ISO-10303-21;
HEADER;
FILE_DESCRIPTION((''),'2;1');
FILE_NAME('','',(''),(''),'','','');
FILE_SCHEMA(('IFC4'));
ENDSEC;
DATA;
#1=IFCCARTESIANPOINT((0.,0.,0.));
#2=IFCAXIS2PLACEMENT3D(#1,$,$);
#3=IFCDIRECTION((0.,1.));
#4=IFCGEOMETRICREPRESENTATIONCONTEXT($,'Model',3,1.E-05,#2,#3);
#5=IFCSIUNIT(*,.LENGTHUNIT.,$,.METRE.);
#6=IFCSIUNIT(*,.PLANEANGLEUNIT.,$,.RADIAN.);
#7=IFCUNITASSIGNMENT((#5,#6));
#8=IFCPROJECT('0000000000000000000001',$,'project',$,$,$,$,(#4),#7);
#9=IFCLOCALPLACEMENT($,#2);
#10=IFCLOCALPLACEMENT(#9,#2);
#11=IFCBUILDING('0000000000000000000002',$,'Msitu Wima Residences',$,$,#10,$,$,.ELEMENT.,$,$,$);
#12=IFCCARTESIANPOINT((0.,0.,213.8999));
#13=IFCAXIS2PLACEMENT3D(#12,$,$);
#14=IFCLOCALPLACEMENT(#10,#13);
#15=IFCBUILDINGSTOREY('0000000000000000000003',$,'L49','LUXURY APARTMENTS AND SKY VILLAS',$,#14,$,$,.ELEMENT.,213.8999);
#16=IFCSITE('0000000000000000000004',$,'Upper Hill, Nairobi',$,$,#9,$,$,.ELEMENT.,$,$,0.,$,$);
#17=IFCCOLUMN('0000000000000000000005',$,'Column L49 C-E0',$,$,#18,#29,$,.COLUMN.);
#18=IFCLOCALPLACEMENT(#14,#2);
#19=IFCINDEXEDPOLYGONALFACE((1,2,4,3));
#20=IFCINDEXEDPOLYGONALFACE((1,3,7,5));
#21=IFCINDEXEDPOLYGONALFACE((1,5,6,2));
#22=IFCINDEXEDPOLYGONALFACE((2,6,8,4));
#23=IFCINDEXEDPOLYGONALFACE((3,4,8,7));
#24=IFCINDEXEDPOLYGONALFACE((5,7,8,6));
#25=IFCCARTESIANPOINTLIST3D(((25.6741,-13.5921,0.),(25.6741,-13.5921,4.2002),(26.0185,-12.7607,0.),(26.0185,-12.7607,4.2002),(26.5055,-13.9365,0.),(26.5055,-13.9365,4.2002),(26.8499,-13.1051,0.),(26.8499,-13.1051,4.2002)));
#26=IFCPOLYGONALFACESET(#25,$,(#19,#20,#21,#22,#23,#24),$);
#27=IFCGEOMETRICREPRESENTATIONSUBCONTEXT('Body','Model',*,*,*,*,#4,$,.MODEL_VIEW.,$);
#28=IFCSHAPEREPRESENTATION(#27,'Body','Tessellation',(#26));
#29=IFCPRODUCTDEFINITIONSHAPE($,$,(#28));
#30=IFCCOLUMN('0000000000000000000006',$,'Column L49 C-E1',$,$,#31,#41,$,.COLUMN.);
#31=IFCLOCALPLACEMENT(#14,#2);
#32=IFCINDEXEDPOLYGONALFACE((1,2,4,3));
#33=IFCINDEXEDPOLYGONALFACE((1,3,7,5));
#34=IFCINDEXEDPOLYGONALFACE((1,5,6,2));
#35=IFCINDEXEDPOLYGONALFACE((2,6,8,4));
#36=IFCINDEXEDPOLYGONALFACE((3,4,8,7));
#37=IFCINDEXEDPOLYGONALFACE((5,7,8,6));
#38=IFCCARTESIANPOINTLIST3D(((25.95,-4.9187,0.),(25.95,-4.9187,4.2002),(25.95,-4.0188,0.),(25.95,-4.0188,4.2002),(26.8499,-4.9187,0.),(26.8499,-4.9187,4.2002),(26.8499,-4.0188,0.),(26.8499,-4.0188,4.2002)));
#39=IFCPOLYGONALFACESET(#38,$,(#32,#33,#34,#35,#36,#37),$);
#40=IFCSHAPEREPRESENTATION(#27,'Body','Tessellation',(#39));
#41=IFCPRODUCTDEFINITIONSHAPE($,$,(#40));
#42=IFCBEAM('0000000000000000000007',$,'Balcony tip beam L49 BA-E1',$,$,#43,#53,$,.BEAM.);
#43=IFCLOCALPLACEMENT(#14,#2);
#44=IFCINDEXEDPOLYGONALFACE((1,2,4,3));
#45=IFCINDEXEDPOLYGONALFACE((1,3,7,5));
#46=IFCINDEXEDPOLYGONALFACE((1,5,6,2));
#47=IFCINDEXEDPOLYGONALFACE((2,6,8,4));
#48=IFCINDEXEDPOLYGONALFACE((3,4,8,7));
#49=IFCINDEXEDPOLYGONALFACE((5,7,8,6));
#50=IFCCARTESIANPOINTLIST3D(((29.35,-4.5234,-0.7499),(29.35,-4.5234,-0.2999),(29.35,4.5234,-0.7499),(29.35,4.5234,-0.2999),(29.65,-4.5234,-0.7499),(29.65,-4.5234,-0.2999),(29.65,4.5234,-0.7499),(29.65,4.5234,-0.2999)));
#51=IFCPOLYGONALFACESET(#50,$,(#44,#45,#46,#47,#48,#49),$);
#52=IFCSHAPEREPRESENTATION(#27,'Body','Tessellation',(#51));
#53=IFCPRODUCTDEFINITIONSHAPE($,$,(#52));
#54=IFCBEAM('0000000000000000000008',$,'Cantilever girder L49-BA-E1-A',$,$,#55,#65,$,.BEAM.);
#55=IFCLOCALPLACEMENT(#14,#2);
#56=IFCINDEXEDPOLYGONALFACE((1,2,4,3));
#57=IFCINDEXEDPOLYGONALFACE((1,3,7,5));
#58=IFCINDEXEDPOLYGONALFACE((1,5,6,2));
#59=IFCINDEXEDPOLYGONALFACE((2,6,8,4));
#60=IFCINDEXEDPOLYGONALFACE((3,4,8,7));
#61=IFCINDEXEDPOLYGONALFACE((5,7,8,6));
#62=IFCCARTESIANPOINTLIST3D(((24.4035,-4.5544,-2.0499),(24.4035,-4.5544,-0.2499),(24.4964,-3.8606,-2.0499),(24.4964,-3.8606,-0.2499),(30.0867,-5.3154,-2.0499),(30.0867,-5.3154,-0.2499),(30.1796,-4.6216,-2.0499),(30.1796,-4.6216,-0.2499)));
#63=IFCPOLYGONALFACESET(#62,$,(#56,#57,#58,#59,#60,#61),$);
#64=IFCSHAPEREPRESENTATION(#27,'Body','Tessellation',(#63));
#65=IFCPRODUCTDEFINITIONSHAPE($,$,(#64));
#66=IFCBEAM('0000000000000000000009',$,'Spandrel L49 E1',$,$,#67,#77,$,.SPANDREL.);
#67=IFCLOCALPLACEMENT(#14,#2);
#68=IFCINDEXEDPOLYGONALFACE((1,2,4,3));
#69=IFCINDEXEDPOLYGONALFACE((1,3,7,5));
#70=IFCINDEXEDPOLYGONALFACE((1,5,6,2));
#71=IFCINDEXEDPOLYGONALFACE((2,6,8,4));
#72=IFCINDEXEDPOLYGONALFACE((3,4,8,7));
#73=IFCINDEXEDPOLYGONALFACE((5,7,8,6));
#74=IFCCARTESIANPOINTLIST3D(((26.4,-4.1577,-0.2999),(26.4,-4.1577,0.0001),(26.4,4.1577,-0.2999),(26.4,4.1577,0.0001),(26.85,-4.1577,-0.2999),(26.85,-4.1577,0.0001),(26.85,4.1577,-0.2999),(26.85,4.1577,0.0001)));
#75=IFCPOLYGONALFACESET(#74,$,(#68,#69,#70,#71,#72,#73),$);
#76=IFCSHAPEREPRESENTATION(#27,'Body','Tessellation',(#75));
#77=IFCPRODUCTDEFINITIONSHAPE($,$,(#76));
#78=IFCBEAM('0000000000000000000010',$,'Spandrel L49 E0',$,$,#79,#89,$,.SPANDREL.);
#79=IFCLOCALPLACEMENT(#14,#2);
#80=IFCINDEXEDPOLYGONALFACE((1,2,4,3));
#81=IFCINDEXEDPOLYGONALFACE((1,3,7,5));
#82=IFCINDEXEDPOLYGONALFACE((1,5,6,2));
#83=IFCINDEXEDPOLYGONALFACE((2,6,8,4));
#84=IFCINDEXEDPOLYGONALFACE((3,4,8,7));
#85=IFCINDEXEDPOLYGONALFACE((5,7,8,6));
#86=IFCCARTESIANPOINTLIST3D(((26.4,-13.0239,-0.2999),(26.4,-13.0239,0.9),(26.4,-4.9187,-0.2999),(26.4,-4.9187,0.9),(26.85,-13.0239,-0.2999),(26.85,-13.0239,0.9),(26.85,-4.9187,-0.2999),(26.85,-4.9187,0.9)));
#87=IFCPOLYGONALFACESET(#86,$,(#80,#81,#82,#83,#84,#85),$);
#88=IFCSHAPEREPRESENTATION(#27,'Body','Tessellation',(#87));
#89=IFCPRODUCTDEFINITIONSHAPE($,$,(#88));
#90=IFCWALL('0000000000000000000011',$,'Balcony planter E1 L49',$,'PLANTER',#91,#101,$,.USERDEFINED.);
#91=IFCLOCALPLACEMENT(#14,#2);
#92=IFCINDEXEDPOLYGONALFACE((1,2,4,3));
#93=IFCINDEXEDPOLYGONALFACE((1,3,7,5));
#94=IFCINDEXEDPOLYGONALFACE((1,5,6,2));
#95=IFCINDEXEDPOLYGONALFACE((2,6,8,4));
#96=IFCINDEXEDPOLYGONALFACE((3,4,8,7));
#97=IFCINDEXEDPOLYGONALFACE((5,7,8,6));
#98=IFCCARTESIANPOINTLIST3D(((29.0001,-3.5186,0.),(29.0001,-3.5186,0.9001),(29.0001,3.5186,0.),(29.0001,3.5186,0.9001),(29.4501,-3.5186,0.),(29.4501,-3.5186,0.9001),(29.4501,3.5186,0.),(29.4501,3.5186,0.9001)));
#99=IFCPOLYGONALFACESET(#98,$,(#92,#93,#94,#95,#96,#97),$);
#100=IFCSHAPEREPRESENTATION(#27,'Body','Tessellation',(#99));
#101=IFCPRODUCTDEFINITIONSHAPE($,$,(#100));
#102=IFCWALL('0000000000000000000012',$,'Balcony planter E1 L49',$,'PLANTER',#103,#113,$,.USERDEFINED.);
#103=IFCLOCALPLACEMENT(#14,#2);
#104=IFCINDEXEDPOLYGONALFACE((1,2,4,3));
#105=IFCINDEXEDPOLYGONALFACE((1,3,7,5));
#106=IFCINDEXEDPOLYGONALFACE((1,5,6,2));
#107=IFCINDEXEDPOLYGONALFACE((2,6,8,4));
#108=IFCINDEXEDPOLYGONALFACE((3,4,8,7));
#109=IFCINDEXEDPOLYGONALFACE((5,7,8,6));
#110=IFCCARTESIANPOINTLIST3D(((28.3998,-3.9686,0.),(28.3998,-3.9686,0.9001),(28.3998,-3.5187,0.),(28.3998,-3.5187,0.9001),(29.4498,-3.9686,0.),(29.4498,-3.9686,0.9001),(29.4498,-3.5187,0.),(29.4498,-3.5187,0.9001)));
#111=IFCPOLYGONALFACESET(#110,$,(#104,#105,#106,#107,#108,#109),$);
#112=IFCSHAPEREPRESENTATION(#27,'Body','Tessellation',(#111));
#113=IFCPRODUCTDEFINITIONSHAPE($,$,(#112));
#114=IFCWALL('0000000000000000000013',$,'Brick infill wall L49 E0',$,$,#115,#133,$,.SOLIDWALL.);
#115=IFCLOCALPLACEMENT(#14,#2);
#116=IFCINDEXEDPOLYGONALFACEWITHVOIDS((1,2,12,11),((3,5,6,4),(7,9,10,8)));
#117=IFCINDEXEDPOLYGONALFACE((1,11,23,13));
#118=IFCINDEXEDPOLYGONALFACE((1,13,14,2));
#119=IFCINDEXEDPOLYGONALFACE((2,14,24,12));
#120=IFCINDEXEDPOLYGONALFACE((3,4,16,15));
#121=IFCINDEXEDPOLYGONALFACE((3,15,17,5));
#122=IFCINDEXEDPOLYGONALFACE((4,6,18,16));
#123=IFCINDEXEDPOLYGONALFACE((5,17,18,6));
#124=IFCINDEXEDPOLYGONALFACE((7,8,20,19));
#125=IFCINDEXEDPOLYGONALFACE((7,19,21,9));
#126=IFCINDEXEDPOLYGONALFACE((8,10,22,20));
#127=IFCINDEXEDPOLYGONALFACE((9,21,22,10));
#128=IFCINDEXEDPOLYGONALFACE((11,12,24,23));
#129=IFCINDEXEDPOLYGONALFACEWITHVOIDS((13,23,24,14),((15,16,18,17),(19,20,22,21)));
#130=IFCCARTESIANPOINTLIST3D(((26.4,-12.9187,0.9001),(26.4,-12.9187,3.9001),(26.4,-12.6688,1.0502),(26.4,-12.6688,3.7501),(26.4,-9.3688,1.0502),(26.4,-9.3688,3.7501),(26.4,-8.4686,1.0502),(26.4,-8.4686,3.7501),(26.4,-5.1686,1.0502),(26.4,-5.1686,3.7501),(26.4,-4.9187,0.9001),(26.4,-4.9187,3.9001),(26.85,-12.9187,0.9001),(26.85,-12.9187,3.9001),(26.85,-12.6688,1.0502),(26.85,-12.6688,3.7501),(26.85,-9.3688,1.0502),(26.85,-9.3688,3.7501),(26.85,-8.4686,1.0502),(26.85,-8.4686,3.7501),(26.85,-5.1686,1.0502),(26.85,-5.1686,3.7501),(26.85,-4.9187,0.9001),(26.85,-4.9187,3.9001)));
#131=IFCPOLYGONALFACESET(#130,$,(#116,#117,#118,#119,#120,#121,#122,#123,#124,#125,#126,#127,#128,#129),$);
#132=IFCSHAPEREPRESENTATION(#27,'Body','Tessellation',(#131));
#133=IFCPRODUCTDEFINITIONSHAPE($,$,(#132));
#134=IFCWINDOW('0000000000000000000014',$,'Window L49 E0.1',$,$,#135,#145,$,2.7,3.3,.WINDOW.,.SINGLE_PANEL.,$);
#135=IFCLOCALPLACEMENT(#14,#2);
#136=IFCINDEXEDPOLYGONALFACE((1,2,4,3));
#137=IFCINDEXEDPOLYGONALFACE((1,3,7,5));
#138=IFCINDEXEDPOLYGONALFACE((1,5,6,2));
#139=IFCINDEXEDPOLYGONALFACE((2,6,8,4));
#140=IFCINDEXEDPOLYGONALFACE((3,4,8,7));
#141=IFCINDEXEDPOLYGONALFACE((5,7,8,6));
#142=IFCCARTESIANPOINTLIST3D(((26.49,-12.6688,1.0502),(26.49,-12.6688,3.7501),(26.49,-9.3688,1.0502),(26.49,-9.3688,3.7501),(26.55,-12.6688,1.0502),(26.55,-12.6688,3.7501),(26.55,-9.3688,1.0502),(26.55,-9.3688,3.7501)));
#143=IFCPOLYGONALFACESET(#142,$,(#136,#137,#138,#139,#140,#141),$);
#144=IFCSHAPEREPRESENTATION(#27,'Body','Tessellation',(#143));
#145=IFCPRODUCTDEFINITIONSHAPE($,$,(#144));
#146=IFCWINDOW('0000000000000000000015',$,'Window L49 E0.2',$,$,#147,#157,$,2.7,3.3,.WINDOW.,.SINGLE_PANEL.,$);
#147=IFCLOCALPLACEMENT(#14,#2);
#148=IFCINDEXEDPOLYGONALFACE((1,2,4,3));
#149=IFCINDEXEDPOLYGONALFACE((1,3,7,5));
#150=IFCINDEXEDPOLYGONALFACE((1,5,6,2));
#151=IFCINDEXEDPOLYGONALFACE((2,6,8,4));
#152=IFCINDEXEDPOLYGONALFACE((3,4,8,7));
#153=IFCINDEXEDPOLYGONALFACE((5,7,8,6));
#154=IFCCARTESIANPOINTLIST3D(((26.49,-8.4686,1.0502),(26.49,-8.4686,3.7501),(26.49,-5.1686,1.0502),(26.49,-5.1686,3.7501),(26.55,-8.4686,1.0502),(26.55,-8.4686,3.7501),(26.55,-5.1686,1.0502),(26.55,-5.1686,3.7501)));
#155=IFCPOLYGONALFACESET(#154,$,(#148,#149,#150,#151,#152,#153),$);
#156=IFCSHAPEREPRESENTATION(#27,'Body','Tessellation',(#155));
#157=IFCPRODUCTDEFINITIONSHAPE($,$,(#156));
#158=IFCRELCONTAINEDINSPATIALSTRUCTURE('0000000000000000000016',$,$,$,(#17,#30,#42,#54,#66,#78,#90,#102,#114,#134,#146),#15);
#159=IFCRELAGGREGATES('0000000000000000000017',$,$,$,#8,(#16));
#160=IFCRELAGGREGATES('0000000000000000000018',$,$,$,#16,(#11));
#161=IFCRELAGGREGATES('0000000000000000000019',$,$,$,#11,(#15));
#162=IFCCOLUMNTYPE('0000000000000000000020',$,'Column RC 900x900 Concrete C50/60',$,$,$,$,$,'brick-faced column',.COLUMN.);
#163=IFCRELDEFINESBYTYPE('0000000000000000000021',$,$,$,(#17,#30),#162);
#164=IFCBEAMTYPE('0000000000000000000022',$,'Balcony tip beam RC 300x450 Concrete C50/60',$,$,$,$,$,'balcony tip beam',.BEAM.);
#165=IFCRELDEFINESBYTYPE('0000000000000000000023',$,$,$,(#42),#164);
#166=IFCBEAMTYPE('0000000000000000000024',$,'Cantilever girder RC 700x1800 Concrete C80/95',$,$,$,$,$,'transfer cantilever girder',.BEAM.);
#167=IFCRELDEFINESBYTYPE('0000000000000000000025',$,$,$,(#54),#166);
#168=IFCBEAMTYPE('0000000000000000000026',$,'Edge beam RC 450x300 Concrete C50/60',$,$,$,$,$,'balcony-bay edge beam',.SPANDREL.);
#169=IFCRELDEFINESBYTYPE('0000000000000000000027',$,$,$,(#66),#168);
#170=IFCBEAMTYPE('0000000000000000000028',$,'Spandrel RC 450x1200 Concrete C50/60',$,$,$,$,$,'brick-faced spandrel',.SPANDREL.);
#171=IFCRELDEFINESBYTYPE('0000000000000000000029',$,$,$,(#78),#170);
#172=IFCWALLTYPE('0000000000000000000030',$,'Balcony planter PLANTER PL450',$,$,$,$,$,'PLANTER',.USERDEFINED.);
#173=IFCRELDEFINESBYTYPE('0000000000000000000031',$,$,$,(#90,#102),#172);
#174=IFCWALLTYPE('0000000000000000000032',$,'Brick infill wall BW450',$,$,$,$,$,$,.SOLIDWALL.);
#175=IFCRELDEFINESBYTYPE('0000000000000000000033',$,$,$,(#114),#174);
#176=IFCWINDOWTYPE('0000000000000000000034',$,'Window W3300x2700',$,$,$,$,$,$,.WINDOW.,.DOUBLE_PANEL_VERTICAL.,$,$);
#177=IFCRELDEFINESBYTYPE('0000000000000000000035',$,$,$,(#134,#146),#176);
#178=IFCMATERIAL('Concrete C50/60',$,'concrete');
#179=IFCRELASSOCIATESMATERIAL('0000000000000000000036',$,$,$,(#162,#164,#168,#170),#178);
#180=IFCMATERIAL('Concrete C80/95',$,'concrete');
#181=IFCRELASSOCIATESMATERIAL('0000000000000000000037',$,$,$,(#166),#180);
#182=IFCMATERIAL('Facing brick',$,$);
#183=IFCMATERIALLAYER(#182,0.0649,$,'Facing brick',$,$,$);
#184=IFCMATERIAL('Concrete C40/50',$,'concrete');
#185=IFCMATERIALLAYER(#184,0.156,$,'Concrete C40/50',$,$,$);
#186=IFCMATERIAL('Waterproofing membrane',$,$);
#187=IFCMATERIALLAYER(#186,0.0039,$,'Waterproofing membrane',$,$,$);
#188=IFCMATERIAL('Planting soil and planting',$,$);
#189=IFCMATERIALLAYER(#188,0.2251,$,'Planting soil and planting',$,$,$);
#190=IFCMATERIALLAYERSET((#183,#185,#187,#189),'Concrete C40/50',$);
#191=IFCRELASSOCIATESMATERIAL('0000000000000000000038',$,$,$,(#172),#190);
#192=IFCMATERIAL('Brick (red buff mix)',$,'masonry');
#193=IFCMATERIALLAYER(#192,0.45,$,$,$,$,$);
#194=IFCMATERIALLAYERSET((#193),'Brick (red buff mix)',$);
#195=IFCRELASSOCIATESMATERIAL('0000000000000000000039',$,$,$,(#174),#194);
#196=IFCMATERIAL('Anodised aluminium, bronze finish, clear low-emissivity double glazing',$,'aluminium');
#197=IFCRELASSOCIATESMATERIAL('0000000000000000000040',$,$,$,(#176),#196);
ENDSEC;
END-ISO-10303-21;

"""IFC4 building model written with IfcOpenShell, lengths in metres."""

from ifc_helpers import new_model, si_unit, direction, frame, frame_2d, origin, origin_2d, place, context, subcontext, project, spatial, rectangle, extrude, material, layer, layer_set, material_profile, profile_set, type_object, element, fill, save


model = new_model("IFC4")

# Units and contexts
model_context = context("Model", 3, precision=1e-05, world=origin(), true_north=direction((0.0, 1.0)))
body_context = subcontext(model_context, "Body", "Model", "MODEL_VIEW")
ifc_project = project(units=[si_unit("LENGTHUNIT", "METRE"), si_unit("PLANEANGLEUNIT", "RADIAN")], contexts=[model_context])

# Site, building, storey
site_placement = place(None, origin())
site = spatial("IfcSite", under=ifc_project, at=site_placement, Name="Upper Hill, Nairobi", CompositionType="ELEMENT", RefElevation=0.0)
building_placement = place(site_placement, origin())
building = spatial("IfcBuilding", under=site, at=building_placement, Name="Msitu Wima Residences", CompositionType="ELEMENT")
storey_placement = place(building_placement, frame((0.0, 0.0, 213.8999)))
storey = spatial("IfcBuildingStorey", under=building, at=storey_placement, Name="L49", Description="LUXURY APARTMENTS AND SKY VILLAS", CompositionType="ELEMENT", Elevation=213.8999)

# Columns
ifc_material_1 = material(Name="Concrete C50/60", Category="concrete")
ifc_material_profile_1 = material_profile(ifc_material_1, rectangle(XDim=0.8999, YDim=0.8999, at=origin_2d()), Name="RC 900x900")
ifc_profile_set_1 = profile_set([ifc_material_profile_1], Name="Concrete C50/60")
column_type = type_object("IfcColumnType", Name="Column RC 900x900 Concrete C50/60", ElementType="brick-faced column", PredefinedType="COLUMN", material=ifc_profile_set_1)
for number, where, z_axis, x_axis, name in (
    (1, (26.262, -13.3486, 0.0), (0.0, 0.0, 1.0), (0.382683, 0.92388, 0.0), "Column L49 C-E0"),
    (2, (26.3999, -4.4688, 0.0), (0.0, 0.0, 1.0), (0.0, 1.0, 0.0), "Column L49 C-E1"),
):
    element("IfcColumn", number, at=place(storey_placement, frame(where, z_axis=z_axis, x_axis=x_axis)), inside=storey, type_object=column_type, Name=name, PredefinedType="COLUMN", context=body_context, shape_type="SweptSolid", body=[
        extrude(rectangle(XDim=0.8999, YDim=0.8999, at=origin_2d()), origin(), (0.0, 0.0, 1.0), 4.2002),
    ])

# Beams
ifc_material_profile_2 = material_profile(ifc_material_1, rectangle(XDim=0.3, YDim=0.45, at=origin_2d()), Name="RC 300x450")
ifc_profile_set_2 = profile_set([ifc_material_profile_2], Name="Concrete C50/60")
beam_type_1 = type_object("IfcBeamType", Name="Balcony tip beam RC 300x450 Concrete C50/60", ElementType="balcony tip beam", PredefinedType="BEAM", material=ifc_profile_set_2)
beam_1_placement = place(storey_placement, frame((29.5, -4.5234, -0.5249), z_axis=(0.0, 1.0, 0.0), x_axis=(-1.0, 0.0, 0.0)))
element("IfcBeam", 3, at=beam_1_placement, inside=storey, type_object=beam_type_1, Name="Balcony tip beam L49 BA-E1", PredefinedType="BEAM", context=body_context, shape_type="SweptSolid", body=[
    extrude(rectangle(XDim=0.3, YDim=0.45, at=origin_2d()), origin(), (0.0, 0.0, 1.0), 9.0469),
])
ifc_material_2 = material(Name="Concrete C80/95", Category="concrete")
ifc_material_profile_3 = material_profile(ifc_material_2, rectangle(XDim=0.7, YDim=1.8, at=origin_2d()), Name="RC 700x1800")
ifc_profile_set_3 = profile_set([ifc_material_profile_3], Name="Concrete C80/95")
beam_type_2 = type_object("IfcBeamType", Name="Cantilever girder RC 700x1800 Concrete C80/95", ElementType="transfer cantilever girder", PredefinedType="BEAM", material=ifc_profile_set_3)
beam_2_placement = place(storey_placement, frame((24.45, -4.2075, -1.1499), z_axis=(0.991154, -0.132719, 0.0), x_axis=(0.132719, 0.991154, 0.0)))
element("IfcBeam", 4, at=beam_2_placement, inside=storey, type_object=beam_type_2, Name="Cantilever girder L49-BA-E1-A", PredefinedType="BEAM", context=body_context, shape_type="SweptSolid", body=[
    extrude(rectangle(XDim=0.7, YDim=1.8, at=origin_2d()), origin(), (0.0, 0.0, 1.0), 5.7339),
])
ifc_material_profile_4 = material_profile(ifc_material_1, rectangle(XDim=0.45, YDim=0.3, at=origin_2d()), Name="RC 450x300")
ifc_profile_set_4 = profile_set([ifc_material_profile_4], Name="Concrete C50/60")
beam_type_3 = type_object("IfcBeamType", Name="Edge beam RC 450x300 Concrete C50/60", ElementType="balcony-bay edge beam", PredefinedType="SPANDREL", material=ifc_profile_set_4)
beam_3_placement = place(storey_placement, frame((26.625, -4.1577, -0.1499), z_axis=(0.0, 1.0, 0.0), x_axis=(-1.0, 0.0, 0.0)))
element("IfcBeam", 5, at=beam_3_placement, inside=storey, type_object=beam_type_3, Name="Spandrel L49 E1", PredefinedType="SPANDREL", context=body_context, shape_type="SweptSolid", body=[
    extrude(rectangle(XDim=0.45, YDim=0.3, at=origin_2d()), origin(), (0.0, 0.0, 1.0), 8.3154),
])
ifc_material_profile_5 = material_profile(ifc_material_1, rectangle(XDim=0.45, YDim=1.2, at=origin_2d()), Name="RC 450x1200")
ifc_profile_set_5 = profile_set([ifc_material_profile_5], Name="Concrete C50/60")
beam_type_4 = type_object("IfcBeamType", Name="Spandrel RC 450x1200 Concrete C50/60", ElementType="brick-faced spandrel", PredefinedType="SPANDREL", material=ifc_profile_set_5)
beam_4_placement = place(storey_placement, frame((26.625, -13.0239, 0.3), z_axis=(0.0, 1.0, 0.0), x_axis=(-1.0, 0.0, 0.0)))
element("IfcBeam", 6, at=beam_4_placement, inside=storey, type_object=beam_type_4, Name="Spandrel L49 E0", PredefinedType="SPANDREL", context=body_context, shape_type="SweptSolid", body=[
    extrude(rectangle(XDim=0.45, YDim=1.2, at=origin_2d()), origin(), (0.0, 0.0, 1.0), 8.1052),
])

# Walls
ifc_material_3 = material(Name="Facing brick")
ifc_layer_1 = layer(ifc_material_3, 0.0649, Name="Facing brick")
ifc_material_4 = material(Name="Concrete C40/50", Category="concrete")
ifc_layer_2 = layer(ifc_material_4, 0.156, Name="Concrete C40/50")
ifc_material_5 = material(Name="Waterproofing membrane")
ifc_layer_3 = layer(ifc_material_5, 0.0039, Name="Waterproofing membrane")
ifc_material_6 = material(Name="Planting soil and planting")
ifc_layer_4 = layer(ifc_material_6, 0.2251, Name="Planting soil and planting")
ifc_layer_set_1 = layer_set([ifc_layer_1, ifc_layer_2, ifc_layer_3, ifc_layer_4], Name="Concrete C40/50")
wall_type_1 = type_object("IfcWallType", Name="Balcony planter PLANTER PL450", ElementType="PLANTER", PredefinedType="USERDEFINED", material=ifc_layer_set_1)
wall_1_placement = place(storey_placement, frame((29.2251, -3.5186, 0.0), z_axis=(0.0, 0.0, 1.0), x_axis=(0.0, 1.0, 0.0)))
element("IfcWall", 7, at=wall_1_placement, inside=storey, type_object=wall_type_1, Name="Balcony planter E1 L49", ObjectType="PLANTER", PredefinedType="USERDEFINED", context=body_context, shape_type="SweptSolid", body=[
    extrude(rectangle(XDim=7.0371, YDim=0.45, at=frame_2d((3.5186, 0.0))), origin(), (0.0, 0.0, 1.0), 0.9001),
])
wall_2_placement = place(storey_placement, frame((28.3999, -3.7437, 0.0), z_axis=(0.0, 0.0, 1.0), x_axis=(1.0, 0.0, 0.0)))
element("IfcWall", 8, at=wall_2_placement, inside=storey, type_object=wall_type_1, Name="Balcony planter E1 L49", ObjectType="PLANTER", PredefinedType="USERDEFINED", context=body_context, shape_type="SweptSolid", body=[
    extrude(rectangle(XDim=1.05, YDim=0.45, at=frame_2d((0.5249, 0.0))), origin(), (0.0, 0.0, 1.0), 0.9001),
])

# Wall, openings, windows
ifc_material_7 = material(Name="Brick (red buff mix)", Category="masonry")
ifc_layer_5 = layer(ifc_material_7, 0.45)
ifc_layer_set_2 = layer_set([ifc_layer_5], Name="Brick (red buff mix)")
wall_type_2 = type_object("IfcWallType", Name="Brick infill wall BW450", PredefinedType="SOLIDWALL", material=ifc_layer_set_2)
wall_3_placement = place(storey_placement, frame((26.625, -12.9187, 0.9001), z_axis=(0.0, 0.0, 1.0), x_axis=(0.0, 1.0, 0.0)))
wall_3 = element("IfcWall", 9, at=wall_3_placement, inside=storey, type_object=wall_type_2, Name="Brick infill wall L49 E0", PredefinedType="SOLIDWALL", context=body_context, shape_type="SweptSolid", body=[
    extrude(rectangle(XDim=8.0, YDim=0.45, at=frame_2d((4.0, 0.0))), origin(), (0.0, 0.0, 1.0), 3.0),
])
opening_1_placement = place(wall_3_placement, frame((0.25, 0.0, 0.1499)))
opening_1 = element("IfcOpeningElement", 10, at=opening_1_placement, cuts=wall_3, PredefinedType="OPENING", context=body_context, shape_type="SweptSolid", body=[
    extrude(rectangle(XDim=3.3, YDim=2.7, at=frame_2d((1.6499, 1.3501))), frame((0.0, 0.2349, 0.0), z_axis=(0.0, -1.0, 0.0), x_axis=(1.0, 0.0, 0.0)), (0.0, 0.0, 1.0), 0.47),
])
opening_2_placement = place(wall_3_placement, frame((4.4502, 0.0, 0.1499)))
opening_2 = element("IfcOpeningElement", 11, at=opening_2_placement, cuts=wall_3, PredefinedType="OPENING", context=body_context, shape_type="SweptSolid", body=[
    extrude(rectangle(XDim=3.3, YDim=2.7, at=frame_2d((1.6499, 1.3501))), frame((0.0, 0.2349, 0.0), z_axis=(0.0, -1.0, 0.0), x_axis=(1.0, 0.0, 0.0)), (0.0, 0.0, 1.0), 0.47),
])
ifc_material_8 = material(Name="Anodised aluminium, bronze finish, clear low-emissivity double glazing", Category="aluminium")
window_type = type_object("IfcWindowType", Name="Window W3300x2700", PartitioningType="DOUBLE_PANEL_VERTICAL", PredefinedType="WINDOW", material=ifc_material_8)
window_1_placement = place(opening_1_placement, origin())
window_1 = element("IfcWindow", 12, at=window_1_placement, inside=storey, type_object=window_type, Name="Window L49 E0.1", OverallHeight=2.7, OverallWidth=3.3, PartitioningType="SINGLE_PANEL", PredefinedType="WINDOW", context=body_context, shape_type="SweptSolid", body=[
    extrude(rectangle(XDim=3.3, YDim=2.7, at=frame_2d((1.6499, 1.3501))), frame((0.0, 0.135, 0.0), z_axis=(0.0, -1.0, 0.0), x_axis=(1.0, 0.0, 0.0)), (0.0, 0.0, 1.0), 0.0601),
])
fill(opening_1, window_1)
window_2_placement = place(opening_2_placement, origin())
window_2 = element("IfcWindow", 13, at=window_2_placement, inside=storey, type_object=window_type, Name="Window L49 E0.2", OverallHeight=2.7, OverallWidth=3.3, PartitioningType="SINGLE_PANEL", PredefinedType="WINDOW", context=body_context, shape_type="SweptSolid", body=[
    extrude(rectangle(XDim=3.3, YDim=2.7, at=frame_2d((1.6499, 1.3501))), frame((0.0, 0.135, 0.0), z_axis=(0.0, -1.0, 0.0), x_axis=(1.0, 0.0, 0.0)), (0.0, 0.0, 1.0), 0.0601),
])
fill(opening_2, window_2)

save(model, "model.ifc")
